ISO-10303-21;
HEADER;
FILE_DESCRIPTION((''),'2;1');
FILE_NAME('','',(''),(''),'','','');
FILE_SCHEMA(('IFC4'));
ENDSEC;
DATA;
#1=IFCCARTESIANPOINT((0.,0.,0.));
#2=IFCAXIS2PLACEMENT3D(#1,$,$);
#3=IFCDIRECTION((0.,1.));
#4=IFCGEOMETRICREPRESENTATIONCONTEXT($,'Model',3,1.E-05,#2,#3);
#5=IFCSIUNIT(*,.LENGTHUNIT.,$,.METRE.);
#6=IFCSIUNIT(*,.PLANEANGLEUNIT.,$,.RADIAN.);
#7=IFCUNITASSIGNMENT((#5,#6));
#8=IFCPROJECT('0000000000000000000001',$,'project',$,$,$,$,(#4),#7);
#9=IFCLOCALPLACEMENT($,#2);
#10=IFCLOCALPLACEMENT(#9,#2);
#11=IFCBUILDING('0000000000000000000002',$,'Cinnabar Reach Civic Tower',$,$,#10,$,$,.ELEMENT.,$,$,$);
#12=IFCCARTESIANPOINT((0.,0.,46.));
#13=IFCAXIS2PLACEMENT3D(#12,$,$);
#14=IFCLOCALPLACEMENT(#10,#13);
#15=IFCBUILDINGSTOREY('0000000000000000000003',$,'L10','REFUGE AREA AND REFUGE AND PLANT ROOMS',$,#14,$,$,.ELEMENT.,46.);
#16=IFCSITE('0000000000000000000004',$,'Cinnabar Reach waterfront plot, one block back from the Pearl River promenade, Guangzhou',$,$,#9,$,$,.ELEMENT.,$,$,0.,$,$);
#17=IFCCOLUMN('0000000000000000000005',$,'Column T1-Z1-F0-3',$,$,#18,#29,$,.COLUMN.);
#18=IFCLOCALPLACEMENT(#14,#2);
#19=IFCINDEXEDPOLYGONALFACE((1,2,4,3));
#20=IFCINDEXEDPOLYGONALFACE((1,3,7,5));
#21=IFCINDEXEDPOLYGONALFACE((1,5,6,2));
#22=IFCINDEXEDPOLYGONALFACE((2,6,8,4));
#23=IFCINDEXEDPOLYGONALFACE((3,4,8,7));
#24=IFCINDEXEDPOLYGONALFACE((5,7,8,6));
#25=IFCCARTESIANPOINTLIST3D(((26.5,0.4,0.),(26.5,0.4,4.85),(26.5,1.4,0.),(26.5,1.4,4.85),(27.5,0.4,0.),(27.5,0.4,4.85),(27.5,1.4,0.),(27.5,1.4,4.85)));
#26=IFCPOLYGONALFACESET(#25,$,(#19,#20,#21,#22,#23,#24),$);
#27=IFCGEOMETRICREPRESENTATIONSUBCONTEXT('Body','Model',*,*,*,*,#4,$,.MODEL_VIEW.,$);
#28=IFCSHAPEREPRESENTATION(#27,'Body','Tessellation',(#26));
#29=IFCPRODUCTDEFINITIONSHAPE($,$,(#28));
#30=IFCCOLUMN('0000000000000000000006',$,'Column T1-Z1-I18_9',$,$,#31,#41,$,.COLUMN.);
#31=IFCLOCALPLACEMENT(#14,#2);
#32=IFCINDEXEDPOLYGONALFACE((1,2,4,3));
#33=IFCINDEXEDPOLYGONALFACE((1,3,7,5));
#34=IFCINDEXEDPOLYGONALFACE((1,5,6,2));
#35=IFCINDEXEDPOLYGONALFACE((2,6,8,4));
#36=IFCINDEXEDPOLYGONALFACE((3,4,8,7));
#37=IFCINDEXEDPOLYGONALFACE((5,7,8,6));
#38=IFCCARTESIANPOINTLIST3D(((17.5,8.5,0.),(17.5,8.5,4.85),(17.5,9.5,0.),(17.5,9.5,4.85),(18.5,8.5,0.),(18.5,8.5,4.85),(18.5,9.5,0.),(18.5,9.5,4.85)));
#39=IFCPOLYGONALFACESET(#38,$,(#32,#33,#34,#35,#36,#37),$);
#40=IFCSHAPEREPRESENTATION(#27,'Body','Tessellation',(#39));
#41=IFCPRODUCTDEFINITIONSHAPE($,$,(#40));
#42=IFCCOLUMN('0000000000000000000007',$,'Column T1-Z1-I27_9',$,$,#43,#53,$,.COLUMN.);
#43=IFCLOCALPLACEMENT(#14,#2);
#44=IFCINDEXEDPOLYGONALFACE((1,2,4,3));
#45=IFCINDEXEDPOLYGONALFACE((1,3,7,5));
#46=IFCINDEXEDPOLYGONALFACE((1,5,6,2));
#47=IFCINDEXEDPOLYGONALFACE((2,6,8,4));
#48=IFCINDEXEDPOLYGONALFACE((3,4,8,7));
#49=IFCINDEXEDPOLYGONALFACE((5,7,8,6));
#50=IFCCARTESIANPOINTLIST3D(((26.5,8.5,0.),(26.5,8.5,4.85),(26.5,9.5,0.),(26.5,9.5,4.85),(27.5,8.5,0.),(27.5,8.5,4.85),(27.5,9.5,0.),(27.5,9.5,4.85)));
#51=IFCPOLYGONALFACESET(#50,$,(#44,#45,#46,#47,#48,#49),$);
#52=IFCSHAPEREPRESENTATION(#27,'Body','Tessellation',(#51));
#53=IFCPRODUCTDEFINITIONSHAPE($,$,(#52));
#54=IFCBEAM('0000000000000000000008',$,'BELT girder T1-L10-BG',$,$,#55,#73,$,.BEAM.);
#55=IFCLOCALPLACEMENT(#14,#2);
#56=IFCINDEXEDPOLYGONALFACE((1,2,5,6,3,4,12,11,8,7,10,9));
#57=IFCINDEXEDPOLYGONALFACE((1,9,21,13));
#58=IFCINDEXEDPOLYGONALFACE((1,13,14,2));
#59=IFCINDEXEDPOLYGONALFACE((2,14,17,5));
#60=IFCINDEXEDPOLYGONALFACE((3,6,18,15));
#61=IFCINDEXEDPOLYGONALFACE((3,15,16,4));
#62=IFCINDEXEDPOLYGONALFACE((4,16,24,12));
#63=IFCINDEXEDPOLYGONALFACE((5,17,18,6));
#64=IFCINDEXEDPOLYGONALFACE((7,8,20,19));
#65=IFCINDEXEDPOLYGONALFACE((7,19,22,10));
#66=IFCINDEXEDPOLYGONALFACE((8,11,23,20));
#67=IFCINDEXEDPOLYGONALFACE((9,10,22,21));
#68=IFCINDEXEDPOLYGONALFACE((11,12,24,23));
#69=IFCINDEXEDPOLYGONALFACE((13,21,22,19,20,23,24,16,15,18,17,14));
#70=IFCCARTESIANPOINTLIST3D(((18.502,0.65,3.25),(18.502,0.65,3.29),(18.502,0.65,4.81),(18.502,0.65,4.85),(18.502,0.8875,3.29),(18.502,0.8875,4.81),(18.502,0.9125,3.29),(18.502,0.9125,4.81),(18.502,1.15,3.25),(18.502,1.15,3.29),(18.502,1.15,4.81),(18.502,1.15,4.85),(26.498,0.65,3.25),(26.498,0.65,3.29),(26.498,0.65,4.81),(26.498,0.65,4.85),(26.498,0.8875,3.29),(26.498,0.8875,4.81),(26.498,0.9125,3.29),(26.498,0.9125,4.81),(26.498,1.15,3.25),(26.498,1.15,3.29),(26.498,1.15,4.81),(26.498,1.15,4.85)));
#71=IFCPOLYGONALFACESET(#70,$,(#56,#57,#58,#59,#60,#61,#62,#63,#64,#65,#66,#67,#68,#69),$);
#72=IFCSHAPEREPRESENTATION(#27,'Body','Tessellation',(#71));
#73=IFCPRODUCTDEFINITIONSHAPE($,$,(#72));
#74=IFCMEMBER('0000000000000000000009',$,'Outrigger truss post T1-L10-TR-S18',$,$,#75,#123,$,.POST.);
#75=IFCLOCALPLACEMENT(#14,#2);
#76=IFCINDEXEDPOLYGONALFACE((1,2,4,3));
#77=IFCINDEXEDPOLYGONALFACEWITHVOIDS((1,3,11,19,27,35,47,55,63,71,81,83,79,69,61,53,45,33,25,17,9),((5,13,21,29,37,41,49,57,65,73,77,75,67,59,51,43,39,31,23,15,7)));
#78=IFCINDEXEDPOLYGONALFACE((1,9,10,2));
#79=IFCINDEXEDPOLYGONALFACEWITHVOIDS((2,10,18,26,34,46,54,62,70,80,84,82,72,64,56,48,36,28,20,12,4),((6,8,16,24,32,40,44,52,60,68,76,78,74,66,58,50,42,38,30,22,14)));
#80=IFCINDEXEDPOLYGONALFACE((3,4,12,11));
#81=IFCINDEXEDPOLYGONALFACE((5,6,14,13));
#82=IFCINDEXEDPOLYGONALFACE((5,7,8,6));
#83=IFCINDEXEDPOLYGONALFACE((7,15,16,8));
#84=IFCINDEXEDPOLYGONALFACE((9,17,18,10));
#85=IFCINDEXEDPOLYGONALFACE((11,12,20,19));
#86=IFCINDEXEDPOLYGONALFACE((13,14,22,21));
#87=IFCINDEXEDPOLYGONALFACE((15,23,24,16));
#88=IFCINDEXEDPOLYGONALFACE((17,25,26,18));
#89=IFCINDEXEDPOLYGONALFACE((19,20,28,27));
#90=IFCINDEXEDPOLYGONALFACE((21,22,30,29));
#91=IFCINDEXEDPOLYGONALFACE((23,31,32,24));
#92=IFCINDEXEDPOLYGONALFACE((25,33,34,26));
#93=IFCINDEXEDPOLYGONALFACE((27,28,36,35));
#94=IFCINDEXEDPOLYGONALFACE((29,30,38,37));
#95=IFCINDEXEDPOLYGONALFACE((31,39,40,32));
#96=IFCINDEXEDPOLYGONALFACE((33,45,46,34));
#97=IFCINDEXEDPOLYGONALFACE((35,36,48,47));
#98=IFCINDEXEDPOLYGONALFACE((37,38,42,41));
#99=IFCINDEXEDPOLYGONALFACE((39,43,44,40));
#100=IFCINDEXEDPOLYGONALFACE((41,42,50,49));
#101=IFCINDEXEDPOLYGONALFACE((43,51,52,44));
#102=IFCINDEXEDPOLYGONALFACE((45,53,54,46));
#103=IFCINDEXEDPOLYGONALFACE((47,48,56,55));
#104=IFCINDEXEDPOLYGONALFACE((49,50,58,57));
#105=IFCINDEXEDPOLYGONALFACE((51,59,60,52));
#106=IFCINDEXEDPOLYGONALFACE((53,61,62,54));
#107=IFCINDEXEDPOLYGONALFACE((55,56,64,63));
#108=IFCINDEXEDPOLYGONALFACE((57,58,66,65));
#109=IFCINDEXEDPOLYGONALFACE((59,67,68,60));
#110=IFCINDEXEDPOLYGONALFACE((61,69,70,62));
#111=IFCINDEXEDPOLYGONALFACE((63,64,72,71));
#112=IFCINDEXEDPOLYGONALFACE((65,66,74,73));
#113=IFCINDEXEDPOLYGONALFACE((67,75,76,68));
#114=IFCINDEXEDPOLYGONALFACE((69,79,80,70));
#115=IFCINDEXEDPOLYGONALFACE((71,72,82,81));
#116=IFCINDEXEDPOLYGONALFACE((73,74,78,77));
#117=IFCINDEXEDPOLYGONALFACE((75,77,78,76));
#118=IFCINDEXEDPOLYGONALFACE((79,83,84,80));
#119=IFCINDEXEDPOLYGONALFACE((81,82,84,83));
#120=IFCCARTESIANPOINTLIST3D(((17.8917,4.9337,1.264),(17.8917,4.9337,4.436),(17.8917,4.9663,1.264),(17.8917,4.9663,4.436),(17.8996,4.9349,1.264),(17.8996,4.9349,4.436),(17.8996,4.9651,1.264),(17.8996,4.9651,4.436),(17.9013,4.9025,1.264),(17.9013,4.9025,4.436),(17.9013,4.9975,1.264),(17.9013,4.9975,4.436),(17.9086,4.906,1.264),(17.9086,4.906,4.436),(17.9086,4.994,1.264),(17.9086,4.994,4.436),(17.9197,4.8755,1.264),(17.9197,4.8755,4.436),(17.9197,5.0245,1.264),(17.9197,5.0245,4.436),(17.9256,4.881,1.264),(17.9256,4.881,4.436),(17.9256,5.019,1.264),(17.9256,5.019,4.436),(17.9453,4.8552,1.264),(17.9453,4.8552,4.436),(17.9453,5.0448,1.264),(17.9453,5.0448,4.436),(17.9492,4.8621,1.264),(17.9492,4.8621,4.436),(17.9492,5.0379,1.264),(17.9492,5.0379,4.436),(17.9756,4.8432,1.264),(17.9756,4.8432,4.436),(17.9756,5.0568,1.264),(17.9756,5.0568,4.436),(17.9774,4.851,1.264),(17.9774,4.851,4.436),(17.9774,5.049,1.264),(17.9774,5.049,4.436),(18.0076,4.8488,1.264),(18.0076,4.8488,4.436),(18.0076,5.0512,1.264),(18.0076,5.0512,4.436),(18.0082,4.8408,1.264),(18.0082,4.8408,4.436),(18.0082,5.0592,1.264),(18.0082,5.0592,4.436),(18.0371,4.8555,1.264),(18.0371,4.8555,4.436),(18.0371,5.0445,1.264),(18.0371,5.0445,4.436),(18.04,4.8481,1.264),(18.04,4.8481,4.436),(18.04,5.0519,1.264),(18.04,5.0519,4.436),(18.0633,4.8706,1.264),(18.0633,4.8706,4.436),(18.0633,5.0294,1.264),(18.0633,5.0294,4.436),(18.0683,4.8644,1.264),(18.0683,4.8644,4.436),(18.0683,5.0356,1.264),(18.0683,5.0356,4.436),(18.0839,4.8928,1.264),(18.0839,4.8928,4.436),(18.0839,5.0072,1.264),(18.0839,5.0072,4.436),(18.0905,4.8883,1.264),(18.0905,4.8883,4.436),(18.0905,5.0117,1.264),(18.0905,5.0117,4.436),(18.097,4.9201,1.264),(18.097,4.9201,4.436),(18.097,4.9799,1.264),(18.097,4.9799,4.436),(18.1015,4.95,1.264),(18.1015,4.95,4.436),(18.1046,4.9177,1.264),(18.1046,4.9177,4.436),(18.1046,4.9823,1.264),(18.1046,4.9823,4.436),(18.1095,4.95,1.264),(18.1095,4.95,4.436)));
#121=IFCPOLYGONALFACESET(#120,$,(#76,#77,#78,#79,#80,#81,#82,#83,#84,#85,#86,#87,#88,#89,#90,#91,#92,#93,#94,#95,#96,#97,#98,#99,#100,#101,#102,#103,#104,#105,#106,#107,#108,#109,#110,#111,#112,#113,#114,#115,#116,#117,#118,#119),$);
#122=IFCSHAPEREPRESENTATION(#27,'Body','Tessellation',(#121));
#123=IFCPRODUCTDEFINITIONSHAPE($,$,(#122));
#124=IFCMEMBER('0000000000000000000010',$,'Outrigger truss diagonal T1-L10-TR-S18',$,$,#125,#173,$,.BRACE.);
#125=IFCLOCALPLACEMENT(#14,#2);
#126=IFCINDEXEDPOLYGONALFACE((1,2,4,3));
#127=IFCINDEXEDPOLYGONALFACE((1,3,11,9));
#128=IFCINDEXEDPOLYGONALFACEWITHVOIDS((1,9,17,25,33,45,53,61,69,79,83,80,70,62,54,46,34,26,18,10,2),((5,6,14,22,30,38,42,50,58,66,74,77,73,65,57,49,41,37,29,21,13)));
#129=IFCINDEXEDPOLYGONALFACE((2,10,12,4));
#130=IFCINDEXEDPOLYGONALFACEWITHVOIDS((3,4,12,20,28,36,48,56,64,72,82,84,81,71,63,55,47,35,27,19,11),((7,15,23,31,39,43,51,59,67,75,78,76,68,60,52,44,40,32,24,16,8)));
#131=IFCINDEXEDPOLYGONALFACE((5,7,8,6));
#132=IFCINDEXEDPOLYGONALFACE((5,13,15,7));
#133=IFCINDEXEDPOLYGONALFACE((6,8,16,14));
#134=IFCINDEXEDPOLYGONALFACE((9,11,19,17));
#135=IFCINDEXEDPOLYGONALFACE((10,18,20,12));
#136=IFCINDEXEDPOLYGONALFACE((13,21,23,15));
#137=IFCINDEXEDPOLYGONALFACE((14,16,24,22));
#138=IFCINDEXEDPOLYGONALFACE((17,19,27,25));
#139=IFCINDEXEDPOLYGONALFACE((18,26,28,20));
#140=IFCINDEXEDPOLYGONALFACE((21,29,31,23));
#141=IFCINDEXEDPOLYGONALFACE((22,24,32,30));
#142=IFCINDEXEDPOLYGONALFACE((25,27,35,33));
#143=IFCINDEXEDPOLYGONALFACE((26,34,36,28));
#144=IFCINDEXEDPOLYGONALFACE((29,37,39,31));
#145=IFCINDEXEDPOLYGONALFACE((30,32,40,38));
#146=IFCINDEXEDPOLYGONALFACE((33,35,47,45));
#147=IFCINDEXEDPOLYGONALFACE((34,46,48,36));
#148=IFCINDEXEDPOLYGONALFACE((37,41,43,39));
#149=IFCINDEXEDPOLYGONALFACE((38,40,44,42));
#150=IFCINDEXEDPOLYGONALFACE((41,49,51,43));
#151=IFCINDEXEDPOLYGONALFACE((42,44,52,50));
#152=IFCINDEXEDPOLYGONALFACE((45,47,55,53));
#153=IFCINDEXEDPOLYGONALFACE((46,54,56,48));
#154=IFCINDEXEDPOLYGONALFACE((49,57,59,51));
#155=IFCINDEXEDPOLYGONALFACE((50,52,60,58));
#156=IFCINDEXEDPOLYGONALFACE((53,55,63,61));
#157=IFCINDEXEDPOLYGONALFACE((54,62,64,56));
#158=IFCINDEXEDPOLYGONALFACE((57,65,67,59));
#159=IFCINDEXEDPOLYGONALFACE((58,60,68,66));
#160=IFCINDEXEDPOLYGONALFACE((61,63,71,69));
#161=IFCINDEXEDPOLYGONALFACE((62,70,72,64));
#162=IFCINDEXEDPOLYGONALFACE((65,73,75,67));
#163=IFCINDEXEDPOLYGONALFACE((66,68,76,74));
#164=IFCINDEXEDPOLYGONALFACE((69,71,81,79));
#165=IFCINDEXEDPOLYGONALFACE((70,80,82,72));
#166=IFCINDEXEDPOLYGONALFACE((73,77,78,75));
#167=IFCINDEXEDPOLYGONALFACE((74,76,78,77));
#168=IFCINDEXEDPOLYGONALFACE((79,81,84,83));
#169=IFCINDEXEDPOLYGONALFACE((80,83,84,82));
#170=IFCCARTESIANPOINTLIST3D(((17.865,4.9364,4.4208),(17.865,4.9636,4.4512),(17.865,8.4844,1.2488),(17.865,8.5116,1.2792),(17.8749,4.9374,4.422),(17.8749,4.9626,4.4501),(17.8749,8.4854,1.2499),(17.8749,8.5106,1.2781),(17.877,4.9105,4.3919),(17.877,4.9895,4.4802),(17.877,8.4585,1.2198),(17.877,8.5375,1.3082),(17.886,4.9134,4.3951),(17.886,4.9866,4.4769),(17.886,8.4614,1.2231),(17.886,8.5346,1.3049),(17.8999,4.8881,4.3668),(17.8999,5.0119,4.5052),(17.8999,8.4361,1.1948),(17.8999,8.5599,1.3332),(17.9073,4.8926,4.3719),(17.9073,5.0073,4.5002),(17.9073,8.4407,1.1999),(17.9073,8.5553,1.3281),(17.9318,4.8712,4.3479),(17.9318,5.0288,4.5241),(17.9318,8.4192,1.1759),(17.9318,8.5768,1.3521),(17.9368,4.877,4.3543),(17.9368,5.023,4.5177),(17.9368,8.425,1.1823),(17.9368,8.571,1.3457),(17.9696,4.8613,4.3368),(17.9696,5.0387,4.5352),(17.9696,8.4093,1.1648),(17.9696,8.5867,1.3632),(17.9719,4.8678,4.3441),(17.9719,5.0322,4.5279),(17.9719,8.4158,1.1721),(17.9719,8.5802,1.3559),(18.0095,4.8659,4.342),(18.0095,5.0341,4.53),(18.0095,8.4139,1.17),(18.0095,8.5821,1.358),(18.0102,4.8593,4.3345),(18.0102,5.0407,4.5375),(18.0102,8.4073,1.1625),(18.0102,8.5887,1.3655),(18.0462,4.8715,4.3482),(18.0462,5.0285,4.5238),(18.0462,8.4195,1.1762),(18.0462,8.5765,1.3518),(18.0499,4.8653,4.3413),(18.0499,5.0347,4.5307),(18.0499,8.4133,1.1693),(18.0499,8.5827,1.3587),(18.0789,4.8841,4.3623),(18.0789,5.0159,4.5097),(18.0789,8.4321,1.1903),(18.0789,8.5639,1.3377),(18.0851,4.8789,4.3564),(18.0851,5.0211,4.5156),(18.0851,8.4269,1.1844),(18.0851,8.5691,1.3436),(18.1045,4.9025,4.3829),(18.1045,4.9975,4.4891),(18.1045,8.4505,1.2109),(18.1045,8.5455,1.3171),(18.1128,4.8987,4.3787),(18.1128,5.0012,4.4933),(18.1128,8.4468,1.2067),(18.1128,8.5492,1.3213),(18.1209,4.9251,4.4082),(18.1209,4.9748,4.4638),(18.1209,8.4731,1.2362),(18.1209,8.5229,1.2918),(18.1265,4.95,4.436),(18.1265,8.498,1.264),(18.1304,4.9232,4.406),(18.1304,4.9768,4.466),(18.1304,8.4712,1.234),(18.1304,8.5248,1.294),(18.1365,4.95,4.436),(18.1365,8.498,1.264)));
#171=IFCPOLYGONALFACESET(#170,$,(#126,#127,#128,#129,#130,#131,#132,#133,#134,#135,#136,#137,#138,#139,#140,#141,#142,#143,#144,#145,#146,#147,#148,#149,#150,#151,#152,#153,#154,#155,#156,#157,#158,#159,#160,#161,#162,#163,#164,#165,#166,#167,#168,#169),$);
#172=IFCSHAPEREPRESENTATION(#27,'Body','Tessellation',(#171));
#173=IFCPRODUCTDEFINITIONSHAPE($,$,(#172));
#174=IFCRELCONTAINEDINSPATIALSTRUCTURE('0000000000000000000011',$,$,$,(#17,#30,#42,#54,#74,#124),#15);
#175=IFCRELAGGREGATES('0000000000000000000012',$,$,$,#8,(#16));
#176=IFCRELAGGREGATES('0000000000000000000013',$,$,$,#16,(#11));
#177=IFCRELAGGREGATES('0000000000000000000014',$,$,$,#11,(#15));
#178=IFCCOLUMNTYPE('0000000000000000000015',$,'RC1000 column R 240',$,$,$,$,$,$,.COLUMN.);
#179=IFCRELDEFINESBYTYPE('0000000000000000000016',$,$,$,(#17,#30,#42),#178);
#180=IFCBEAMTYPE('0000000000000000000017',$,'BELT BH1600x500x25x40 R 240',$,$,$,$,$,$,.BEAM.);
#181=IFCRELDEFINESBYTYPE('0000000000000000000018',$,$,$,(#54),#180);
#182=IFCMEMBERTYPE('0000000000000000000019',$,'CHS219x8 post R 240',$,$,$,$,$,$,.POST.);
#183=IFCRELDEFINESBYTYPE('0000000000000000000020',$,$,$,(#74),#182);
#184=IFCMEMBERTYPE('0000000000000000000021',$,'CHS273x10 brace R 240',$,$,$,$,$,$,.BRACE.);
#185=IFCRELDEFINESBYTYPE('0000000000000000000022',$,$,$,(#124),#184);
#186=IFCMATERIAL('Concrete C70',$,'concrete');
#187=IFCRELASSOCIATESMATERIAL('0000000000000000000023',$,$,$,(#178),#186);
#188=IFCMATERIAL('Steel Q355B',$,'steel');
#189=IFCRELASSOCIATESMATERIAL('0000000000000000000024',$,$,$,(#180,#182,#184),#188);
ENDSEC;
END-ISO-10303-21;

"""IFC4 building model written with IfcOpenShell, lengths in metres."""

from ifc_helpers import new_model, si_unit, direction, frame, origin, origin_2d, place, context, subcontext, project, spatial, rectangle, hollow_circle, i_section, extrude, material, material_profile, profile_set, type_object, element, save


model = new_model("IFC4")

# Units and contexts
model_context = context("Model", 3, precision=1e-05, world=origin(), true_north=direction((0.0, 1.0)))
body_context = subcontext(model_context, "Body", "Model", "MODEL_VIEW")
ifc_project = project(units=[si_unit("LENGTHUNIT", "METRE"), si_unit("PLANEANGLEUNIT", "RADIAN")], contexts=[model_context])

# Site, building, storey
site_placement = place(None, origin())
site = spatial("IfcSite", under=ifc_project, at=site_placement, Name="Cinnabar Reach waterfront plot, one block back from the Pearl River promenade, Guangzhou", CompositionType="ELEMENT", RefElevation=0.0)
building_placement = place(site_placement, origin())
building = spatial("IfcBuilding", under=site, at=building_placement, Name="Cinnabar Reach Civic Tower", CompositionType="ELEMENT")
storey_placement = place(building_placement, frame((0.0, 0.0, 46.0)))
storey = spatial("IfcBuildingStorey", under=building, at=storey_placement, Name="L10", Description="REFUGE AREA AND REFUGE AND PLANT ROOMS", CompositionType="ELEMENT", Elevation=46.0)

# Columns
ifc_material_1 = material(Name="Concrete C70", Category="concrete")
ifc_material_profile_1 = material_profile(ifc_material_1, rectangle(XDim=1.0, YDim=1.0, at=origin_2d()), Name="RC1000")
ifc_profile_set_1 = profile_set([ifc_material_profile_1], Name="Concrete C70")
column_type = type_object("IfcColumnType", Name="RC1000 column R 240", PredefinedType="COLUMN", material=ifc_profile_set_1)
for number, where, z_axis, x_axis, name in (
    (1, (27.0, 0.9, 0.0), (0.0, 0.0, 1.0), (1.0, 0.0, 0.0), "Column T1-Z1-F0-3"),
    (2, (18.0, 9.0, 0.0), (0.0, 0.0, 1.0), (1.0, 0.0, 0.0), "Column T1-Z1-I18_9"),
    (3, (27.0, 9.0, 0.0), (0.0, 0.0, 1.0), (1.0, 0.0, 0.0), "Column T1-Z1-I27_9"),
):
    element("IfcColumn", number, at=place(storey_placement, frame(where, z_axis=z_axis, x_axis=x_axis)), inside=storey, type_object=column_type, Name=name, PredefinedType="COLUMN", context=body_context, shape_type="SweptSolid", body=[
        extrude(rectangle(XDim=1.0, YDim=1.0, at=origin_2d()), origin(), (0.0, 0.0, 1.0), 4.85),
    ])

# Beam
ifc_material_2 = material(Name="Steel Q355B", Category="steel")
ifc_material_profile_2 = material_profile(ifc_material_2, i_section(OverallWidth=0.5, OverallDepth=1.6, WebThickness=0.025, FlangeThickness=0.04, at=origin_2d()), Name="BH1600x500x25x40")
ifc_profile_set_2 = profile_set([ifc_material_profile_2], Name="Steel Q355B")
beam_type_1 = type_object("IfcBeamType", Name="BELT BH1600x500x25x40 R 240", PredefinedType="BEAM", material=ifc_profile_set_2)
beam_1_placement = place(storey_placement, frame((26.498, 0.9, 4.05), z_axis=(-1.0, 0.0, 0.0), x_axis=(0.0, -1.0, 0.0)))
element("IfcBeam", 4, at=beam_1_placement, inside=storey, type_object=beam_type_1, Name="BELT girder T1-L10-BG", PredefinedType="BEAM", context=body_context, shape_type="SweptSolid", body=[
    extrude(i_section(OverallWidth=0.5, OverallDepth=1.6, WebThickness=0.025, FlangeThickness=0.04, at=origin_2d()), origin(), (0.0, 0.0, 1.0), 7.996),
])

# Members
ifc_material_profile_3 = material_profile(ifc_material_2, hollow_circle(Radius=0.1095, WallThickness=0.008, at=origin_2d()), Name="CHS219x8")
ifc_profile_set_3 = profile_set([ifc_material_profile_3], Name="Steel Q355B")
member_type_1 = type_object("IfcMemberType", Name="CHS219x8 post R 240", PredefinedType="POST", material=ifc_profile_set_3)
member_1_placement = place(storey_placement, frame((18.0, 4.95, 1.264), z_axis=(0.0, 0.0, 1.0), x_axis=(1.0, 0.0, 0.0)))
element("IfcMember", 5, at=member_1_placement, inside=storey, type_object=member_type_1, Name="Outrigger truss post T1-L10-TR-S18", PredefinedType="POST", context=body_context, shape_type="SweptSolid", body=[
    extrude(hollow_circle(Radius=0.1095, WallThickness=0.008, at=origin_2d()), origin(), (0.0, 0.0, 1.0), 3.172),
])
ifc_material_profile_4 = material_profile(ifc_material_2, hollow_circle(Radius=0.1365, WallThickness=0.01, at=origin_2d()), Name="CHS273x10")
ifc_profile_set_4 = profile_set([ifc_material_profile_4], Name="Steel Q355B")
member_type_2 = type_object("IfcMemberType", Name="CHS273x10 brace R 240", PredefinedType="BRACE", material=ifc_profile_set_4)
for number, where, z_axis, x_axis, name in (
    (6, (18.0, 8.498, 1.264), (0.0, -0.745505, 0.6665), (1.0, 0.0, 0.0), "Outrigger truss diagonal T1-L10-TR-S18"),
):
    element("IfcMember", number, at=place(storey_placement, frame(where, z_axis=z_axis, x_axis=x_axis)), inside=storey, type_object=member_type_2, Name=name, PredefinedType="BRACE", context=body_context, shape_type="SweptSolid", body=[
        extrude(hollow_circle(Radius=0.1365, WallThickness=0.01, at=origin_2d()), origin(), (0.0, 0.0, 1.0), 4.7592),
    ])

save(model, "model.ifc")
